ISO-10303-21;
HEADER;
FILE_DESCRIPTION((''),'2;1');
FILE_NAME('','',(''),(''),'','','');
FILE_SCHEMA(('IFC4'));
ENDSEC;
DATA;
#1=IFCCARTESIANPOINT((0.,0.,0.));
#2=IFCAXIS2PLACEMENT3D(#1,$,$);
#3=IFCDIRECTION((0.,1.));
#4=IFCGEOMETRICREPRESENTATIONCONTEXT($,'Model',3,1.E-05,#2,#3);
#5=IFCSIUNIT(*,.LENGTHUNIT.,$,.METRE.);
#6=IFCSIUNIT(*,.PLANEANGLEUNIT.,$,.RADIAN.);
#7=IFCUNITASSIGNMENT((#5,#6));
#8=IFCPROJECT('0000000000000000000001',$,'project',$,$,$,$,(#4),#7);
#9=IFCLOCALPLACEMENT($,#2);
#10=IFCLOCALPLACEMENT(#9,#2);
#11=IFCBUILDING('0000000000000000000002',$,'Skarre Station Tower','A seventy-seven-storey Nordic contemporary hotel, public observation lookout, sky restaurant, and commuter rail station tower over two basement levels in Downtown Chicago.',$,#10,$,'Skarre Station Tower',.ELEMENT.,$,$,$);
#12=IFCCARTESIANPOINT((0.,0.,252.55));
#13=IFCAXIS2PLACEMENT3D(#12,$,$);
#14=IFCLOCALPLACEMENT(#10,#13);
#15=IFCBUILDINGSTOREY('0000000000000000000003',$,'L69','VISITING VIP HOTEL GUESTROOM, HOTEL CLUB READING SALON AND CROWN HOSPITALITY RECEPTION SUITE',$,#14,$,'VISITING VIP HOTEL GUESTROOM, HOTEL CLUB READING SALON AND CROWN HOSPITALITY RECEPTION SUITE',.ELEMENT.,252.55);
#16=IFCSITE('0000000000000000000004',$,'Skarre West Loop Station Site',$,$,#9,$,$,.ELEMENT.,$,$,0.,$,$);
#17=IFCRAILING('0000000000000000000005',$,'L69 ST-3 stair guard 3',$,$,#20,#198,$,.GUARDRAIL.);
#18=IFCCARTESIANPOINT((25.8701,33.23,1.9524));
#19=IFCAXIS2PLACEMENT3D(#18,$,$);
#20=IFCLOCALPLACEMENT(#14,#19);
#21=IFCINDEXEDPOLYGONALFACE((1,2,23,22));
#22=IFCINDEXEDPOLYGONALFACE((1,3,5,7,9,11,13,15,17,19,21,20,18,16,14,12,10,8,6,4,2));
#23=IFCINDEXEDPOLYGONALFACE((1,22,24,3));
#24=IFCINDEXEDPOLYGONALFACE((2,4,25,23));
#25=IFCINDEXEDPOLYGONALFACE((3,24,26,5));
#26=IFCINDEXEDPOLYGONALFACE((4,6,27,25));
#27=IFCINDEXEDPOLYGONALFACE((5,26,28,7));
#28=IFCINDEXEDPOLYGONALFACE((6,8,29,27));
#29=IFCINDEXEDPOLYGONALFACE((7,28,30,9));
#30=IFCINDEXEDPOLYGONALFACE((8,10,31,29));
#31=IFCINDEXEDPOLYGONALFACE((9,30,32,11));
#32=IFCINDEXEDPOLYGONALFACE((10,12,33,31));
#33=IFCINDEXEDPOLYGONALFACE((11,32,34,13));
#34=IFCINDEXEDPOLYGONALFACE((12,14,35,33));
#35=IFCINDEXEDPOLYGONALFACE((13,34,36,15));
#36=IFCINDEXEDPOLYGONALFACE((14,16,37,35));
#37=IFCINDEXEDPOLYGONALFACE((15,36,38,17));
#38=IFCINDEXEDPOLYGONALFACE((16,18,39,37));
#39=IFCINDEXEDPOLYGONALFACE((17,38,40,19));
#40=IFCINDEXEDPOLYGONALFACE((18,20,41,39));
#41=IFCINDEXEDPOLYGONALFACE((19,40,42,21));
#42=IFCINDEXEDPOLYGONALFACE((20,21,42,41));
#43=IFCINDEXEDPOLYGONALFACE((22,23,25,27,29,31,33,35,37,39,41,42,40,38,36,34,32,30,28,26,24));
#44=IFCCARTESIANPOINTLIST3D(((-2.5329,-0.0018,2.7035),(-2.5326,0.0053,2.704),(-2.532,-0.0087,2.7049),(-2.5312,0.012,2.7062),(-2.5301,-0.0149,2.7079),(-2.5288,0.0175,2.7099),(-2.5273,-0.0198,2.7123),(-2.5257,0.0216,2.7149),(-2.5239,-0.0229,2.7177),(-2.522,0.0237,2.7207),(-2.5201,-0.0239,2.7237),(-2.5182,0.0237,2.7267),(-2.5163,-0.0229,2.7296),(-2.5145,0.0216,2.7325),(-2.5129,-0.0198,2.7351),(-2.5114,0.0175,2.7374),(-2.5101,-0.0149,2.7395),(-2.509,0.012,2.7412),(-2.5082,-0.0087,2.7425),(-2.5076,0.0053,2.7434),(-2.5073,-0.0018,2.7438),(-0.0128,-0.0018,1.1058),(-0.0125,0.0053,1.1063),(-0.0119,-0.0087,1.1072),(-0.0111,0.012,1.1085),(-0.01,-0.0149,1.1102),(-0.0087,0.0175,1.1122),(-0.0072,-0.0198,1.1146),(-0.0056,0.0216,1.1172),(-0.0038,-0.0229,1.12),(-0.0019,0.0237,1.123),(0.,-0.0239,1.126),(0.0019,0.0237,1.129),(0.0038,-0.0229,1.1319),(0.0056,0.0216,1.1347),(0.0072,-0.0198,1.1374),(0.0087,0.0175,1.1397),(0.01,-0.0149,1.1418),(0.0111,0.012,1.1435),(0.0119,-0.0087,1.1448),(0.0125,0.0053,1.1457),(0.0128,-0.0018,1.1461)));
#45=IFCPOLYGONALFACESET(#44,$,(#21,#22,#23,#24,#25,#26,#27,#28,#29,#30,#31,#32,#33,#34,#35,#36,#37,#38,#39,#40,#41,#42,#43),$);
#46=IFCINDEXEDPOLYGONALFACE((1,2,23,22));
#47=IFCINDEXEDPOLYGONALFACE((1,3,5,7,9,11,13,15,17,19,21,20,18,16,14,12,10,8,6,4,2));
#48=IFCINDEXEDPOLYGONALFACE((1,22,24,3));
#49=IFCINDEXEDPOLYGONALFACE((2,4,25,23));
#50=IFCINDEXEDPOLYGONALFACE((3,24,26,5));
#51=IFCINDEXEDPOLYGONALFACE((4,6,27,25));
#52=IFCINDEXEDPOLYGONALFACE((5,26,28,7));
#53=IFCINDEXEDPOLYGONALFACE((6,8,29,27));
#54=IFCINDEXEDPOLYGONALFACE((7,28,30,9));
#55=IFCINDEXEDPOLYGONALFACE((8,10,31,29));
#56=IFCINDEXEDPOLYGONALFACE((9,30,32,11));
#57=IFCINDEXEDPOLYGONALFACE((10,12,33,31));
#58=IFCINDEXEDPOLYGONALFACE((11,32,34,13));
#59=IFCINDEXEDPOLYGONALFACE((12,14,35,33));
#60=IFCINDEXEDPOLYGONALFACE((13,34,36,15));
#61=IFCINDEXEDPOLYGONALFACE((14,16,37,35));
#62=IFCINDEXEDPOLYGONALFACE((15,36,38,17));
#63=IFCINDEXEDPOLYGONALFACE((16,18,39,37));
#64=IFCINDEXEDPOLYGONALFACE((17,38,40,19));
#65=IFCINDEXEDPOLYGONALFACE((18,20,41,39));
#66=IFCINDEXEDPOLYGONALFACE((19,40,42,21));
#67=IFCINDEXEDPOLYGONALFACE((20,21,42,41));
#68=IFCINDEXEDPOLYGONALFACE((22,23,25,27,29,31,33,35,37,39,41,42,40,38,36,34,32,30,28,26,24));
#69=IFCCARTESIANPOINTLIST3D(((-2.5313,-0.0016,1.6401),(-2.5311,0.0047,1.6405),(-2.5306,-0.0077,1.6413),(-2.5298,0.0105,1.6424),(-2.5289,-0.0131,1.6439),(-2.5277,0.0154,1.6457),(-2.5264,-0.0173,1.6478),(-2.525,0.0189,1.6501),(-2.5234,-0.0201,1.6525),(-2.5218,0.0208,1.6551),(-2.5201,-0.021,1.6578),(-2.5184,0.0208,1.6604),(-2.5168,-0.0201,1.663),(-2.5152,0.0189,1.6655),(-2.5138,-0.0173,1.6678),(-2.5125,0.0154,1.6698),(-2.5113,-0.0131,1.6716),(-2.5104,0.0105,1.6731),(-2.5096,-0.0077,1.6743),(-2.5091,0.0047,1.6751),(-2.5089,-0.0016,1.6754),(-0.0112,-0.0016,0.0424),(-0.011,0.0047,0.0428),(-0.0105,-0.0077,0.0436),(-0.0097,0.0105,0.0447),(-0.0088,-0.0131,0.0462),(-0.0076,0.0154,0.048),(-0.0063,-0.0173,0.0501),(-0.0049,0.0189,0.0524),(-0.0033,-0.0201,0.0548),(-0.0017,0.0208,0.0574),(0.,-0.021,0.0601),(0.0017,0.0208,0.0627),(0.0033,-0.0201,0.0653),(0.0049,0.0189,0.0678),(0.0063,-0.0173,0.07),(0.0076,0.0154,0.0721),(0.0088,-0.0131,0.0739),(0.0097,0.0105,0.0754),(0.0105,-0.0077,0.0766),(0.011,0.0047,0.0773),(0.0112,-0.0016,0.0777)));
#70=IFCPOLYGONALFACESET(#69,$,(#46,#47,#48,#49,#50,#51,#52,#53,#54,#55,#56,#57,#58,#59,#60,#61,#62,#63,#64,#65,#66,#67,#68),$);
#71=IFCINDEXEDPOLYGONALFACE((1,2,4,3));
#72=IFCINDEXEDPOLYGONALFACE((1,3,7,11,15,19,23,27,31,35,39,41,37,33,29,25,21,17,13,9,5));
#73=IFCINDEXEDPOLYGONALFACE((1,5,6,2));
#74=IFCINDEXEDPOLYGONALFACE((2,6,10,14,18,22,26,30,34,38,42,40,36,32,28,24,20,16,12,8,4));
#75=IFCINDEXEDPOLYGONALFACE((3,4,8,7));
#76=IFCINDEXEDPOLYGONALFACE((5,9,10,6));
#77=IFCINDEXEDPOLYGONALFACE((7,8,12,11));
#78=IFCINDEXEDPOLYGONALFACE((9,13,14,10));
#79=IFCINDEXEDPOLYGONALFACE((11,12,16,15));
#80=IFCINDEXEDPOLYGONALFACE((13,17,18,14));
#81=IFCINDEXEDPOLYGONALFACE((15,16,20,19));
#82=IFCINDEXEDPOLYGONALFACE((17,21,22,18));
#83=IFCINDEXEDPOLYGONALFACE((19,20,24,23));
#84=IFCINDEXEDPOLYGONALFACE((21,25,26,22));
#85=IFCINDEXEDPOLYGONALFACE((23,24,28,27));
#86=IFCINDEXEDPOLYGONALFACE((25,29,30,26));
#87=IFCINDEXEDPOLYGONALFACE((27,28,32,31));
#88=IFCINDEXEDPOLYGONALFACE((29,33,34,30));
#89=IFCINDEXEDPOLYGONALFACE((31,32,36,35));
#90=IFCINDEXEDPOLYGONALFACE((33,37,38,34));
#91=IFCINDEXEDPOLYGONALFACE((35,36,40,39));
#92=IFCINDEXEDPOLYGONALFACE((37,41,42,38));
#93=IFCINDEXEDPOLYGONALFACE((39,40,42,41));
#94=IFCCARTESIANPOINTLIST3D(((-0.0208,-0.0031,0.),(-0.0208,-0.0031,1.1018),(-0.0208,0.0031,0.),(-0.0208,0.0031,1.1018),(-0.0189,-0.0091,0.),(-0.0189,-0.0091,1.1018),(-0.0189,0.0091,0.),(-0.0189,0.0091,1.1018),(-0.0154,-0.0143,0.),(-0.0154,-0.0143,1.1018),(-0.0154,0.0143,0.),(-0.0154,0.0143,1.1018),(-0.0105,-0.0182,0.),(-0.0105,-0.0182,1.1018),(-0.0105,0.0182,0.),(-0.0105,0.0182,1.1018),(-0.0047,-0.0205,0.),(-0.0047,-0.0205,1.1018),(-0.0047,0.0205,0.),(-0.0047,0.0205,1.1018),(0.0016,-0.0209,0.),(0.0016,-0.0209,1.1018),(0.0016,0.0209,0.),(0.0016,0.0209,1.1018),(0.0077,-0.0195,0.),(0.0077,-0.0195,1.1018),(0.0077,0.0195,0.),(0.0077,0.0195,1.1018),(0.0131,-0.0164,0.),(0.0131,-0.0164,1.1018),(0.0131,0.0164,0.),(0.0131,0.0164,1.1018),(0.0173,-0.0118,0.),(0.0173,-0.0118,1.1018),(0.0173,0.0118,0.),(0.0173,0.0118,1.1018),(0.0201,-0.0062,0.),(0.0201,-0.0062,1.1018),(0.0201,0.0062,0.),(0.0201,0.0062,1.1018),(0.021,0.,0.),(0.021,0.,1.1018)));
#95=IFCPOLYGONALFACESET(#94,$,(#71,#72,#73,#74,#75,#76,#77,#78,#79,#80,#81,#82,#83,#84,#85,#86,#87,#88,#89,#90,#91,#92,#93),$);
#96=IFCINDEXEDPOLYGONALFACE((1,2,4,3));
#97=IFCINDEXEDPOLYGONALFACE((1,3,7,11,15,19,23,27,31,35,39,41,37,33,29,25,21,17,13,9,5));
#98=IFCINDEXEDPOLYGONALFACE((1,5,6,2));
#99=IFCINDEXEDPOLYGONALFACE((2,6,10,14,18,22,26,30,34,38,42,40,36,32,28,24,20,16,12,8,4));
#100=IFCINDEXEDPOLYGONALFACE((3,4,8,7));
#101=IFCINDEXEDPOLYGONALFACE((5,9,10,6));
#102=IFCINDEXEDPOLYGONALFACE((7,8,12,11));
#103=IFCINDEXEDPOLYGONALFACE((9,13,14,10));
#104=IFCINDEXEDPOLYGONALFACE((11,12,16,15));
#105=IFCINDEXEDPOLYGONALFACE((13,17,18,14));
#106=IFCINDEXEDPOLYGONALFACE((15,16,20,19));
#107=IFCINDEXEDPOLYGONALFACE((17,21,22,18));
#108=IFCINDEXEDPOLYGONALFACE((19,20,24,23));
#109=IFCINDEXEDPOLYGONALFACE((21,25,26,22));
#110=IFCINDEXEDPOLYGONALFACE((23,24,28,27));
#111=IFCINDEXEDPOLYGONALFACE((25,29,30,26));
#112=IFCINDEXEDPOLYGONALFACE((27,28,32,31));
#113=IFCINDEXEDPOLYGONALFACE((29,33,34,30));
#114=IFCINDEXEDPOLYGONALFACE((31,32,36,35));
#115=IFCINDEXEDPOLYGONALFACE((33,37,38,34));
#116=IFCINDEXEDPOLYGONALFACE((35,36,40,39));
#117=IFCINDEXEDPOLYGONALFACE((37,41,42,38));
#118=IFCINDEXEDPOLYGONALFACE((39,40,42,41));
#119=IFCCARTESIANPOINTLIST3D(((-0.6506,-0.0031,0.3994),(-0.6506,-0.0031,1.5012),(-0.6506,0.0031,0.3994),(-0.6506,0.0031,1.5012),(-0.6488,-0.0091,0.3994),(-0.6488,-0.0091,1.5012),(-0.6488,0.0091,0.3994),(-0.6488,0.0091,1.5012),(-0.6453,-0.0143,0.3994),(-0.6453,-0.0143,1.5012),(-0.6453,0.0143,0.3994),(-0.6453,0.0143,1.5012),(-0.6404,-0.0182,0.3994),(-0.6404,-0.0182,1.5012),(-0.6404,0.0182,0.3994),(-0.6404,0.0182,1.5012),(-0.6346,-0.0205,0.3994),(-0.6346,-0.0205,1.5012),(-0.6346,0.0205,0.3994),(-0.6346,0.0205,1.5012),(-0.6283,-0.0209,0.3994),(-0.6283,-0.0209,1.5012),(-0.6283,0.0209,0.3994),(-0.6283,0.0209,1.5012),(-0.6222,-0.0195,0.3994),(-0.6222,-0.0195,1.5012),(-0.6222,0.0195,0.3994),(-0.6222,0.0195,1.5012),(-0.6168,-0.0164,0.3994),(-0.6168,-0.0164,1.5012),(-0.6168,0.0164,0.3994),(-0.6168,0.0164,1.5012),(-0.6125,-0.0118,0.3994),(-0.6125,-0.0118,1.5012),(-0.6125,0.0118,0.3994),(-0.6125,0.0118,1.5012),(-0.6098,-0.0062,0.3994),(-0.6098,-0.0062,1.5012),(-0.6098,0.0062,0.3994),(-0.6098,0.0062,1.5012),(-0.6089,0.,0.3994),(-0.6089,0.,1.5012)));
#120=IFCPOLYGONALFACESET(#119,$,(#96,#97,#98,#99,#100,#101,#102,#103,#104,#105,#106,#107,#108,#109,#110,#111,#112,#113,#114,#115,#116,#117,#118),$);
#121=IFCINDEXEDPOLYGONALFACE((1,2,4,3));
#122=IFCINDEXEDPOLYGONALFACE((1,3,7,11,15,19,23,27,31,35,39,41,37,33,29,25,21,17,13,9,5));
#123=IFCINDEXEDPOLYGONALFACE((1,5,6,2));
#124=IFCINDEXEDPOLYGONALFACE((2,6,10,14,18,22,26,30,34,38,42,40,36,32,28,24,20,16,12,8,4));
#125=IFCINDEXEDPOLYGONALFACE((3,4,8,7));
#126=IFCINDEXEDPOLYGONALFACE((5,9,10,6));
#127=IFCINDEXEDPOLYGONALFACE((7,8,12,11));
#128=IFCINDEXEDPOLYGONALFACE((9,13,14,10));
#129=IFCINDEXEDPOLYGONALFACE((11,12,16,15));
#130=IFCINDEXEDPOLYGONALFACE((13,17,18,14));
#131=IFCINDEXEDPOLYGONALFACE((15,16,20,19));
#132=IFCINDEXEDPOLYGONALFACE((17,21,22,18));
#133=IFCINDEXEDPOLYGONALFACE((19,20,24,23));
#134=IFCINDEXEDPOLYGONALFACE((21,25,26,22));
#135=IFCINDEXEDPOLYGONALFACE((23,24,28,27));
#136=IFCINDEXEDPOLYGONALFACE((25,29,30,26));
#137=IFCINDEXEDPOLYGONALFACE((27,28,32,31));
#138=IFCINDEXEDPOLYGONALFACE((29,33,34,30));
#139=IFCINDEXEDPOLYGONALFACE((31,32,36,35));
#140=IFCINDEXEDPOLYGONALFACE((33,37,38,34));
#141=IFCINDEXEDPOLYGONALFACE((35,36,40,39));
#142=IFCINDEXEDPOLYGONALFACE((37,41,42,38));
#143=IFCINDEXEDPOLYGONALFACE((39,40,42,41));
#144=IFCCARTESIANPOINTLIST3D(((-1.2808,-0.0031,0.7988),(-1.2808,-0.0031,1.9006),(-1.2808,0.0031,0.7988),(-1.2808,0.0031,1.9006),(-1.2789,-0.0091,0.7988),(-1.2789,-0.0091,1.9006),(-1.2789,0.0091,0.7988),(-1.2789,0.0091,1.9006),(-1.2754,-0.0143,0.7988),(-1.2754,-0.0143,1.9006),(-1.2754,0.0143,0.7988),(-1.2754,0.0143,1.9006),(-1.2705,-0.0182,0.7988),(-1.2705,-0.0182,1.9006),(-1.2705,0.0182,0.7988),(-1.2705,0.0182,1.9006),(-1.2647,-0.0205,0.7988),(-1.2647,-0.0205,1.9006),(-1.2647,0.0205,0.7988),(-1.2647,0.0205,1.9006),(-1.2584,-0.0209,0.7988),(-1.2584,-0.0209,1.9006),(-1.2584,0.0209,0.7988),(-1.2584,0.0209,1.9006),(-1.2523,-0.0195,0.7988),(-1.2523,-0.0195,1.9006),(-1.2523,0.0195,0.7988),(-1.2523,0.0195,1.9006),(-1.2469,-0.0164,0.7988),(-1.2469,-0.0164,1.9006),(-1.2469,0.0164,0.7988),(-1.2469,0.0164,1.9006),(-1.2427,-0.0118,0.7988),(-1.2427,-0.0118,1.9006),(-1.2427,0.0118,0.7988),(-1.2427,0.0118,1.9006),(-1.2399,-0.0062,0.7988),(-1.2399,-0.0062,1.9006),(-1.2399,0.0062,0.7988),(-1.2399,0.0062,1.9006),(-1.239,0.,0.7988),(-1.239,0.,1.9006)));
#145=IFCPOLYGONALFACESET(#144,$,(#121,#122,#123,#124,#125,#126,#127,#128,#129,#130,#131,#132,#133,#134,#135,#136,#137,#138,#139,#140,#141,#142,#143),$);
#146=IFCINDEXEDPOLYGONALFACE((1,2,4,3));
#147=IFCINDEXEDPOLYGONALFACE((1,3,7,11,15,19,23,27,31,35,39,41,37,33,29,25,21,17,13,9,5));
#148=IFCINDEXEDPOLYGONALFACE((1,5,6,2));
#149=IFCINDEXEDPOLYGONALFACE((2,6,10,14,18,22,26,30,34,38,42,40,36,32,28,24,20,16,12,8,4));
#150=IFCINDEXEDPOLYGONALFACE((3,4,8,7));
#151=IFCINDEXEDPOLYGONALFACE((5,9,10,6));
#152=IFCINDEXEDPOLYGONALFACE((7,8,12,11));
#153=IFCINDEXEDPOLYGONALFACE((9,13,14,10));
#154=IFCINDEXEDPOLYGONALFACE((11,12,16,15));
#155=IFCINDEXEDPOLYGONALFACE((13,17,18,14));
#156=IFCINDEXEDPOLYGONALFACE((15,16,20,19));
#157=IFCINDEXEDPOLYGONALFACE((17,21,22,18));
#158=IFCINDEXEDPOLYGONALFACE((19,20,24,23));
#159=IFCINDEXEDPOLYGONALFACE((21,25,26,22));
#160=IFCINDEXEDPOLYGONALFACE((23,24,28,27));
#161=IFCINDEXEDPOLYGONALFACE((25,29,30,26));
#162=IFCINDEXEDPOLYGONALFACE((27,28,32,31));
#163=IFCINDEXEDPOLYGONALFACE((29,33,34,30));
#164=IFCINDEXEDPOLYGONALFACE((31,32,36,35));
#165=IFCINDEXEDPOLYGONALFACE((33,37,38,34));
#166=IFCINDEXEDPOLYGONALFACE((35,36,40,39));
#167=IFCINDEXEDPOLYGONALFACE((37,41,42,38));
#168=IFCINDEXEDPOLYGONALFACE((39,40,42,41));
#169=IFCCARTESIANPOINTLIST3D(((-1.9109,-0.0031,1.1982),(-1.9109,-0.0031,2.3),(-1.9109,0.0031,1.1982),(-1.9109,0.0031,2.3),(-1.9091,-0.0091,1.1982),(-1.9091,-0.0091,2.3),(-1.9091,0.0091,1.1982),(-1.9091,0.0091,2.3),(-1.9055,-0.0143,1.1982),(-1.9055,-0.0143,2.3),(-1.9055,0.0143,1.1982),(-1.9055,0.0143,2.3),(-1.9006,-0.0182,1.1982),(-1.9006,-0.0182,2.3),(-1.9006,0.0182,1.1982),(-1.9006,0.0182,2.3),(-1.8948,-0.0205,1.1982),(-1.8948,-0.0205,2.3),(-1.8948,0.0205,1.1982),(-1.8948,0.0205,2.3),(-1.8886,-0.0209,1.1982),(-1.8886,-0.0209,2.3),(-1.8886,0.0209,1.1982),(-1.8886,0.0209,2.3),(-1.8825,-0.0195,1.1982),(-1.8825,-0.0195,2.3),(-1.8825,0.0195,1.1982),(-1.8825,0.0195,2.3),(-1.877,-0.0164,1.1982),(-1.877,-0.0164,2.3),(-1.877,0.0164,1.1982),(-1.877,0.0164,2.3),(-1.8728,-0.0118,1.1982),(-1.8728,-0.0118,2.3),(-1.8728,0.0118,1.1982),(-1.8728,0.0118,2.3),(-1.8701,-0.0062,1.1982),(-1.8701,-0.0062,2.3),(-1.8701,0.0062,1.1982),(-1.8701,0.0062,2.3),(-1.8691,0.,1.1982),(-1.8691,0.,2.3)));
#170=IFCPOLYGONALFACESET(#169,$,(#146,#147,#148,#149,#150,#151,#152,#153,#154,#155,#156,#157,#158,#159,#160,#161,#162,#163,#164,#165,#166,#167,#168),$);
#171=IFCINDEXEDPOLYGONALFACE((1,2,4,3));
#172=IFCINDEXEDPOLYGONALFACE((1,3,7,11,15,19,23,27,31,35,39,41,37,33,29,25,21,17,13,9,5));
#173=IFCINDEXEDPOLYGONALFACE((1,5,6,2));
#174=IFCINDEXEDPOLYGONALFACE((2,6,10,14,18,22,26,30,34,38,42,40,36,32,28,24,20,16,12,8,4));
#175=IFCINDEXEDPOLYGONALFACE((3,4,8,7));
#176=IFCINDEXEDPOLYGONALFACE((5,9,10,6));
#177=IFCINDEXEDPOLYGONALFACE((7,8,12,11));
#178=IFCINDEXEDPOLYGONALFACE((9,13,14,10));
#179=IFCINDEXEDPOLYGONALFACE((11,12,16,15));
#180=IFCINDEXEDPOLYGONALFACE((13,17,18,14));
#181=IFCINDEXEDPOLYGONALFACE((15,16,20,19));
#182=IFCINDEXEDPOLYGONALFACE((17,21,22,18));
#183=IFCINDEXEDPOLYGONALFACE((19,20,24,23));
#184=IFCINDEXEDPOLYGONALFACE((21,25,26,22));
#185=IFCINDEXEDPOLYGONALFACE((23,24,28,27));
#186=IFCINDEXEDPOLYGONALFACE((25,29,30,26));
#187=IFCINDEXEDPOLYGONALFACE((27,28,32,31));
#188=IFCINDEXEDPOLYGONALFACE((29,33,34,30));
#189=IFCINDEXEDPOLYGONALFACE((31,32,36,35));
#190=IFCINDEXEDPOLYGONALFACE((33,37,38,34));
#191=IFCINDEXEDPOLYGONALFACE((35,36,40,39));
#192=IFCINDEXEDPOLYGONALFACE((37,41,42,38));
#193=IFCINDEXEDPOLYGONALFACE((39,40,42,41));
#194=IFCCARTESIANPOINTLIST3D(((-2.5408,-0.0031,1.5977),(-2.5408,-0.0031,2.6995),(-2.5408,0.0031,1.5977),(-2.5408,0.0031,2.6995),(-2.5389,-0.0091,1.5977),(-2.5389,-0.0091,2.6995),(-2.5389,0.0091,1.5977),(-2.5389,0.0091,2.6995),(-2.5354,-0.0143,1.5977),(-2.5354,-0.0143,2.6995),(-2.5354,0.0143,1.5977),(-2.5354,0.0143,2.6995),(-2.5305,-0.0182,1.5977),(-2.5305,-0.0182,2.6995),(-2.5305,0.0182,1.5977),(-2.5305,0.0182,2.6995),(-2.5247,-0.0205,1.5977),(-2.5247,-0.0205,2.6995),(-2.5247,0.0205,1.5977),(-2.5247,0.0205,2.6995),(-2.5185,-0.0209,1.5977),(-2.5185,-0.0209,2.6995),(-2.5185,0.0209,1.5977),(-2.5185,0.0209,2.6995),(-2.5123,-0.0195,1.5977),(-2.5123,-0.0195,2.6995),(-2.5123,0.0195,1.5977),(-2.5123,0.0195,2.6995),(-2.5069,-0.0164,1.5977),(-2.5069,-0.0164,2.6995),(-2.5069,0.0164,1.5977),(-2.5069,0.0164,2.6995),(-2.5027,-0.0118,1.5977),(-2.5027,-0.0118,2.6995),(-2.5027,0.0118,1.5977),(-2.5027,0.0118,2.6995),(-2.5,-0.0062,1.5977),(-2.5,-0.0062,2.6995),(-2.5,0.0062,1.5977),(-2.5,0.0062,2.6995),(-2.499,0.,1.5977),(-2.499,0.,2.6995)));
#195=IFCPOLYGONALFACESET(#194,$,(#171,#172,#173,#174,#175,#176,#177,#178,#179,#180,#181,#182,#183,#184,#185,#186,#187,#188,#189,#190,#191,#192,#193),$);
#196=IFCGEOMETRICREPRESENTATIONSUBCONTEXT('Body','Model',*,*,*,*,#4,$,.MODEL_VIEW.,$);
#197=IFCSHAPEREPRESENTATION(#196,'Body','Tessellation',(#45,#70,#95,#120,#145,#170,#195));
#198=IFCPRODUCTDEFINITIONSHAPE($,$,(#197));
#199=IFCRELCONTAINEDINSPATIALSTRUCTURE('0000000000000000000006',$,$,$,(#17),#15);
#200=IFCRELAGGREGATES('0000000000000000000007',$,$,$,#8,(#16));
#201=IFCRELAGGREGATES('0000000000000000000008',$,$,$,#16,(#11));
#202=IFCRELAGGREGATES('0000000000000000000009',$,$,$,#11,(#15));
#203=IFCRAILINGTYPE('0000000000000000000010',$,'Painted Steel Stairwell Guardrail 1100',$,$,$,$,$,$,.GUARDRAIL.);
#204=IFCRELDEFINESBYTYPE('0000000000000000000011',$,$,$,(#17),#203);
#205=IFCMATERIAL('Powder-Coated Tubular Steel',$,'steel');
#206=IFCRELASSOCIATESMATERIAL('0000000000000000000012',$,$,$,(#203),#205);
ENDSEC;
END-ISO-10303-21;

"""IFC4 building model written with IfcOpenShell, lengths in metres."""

from ifc_helpers import new_model, si_unit, direction, frame, origin, origin_2d, place, context, subcontext, project, spatial, circle, extrude, material, type_object, element, save


model = new_model("IFC4")

# Units and contexts
model_context = context("Model", 3, precision=1e-05, world=origin(), true_north=direction((0.0, 1.0)))
body_context = subcontext(model_context, "Body", "Model", "MODEL_VIEW")
ifc_project = project(units=[si_unit("LENGTHUNIT", "METRE"), si_unit("PLANEANGLEUNIT", "RADIAN")], contexts=[model_context])

# Site, building, storey
site_placement = place(None, origin())
site = spatial("IfcSite", under=ifc_project, at=site_placement, Name="Skarre West Loop Station Site", CompositionType="ELEMENT", RefElevation=0.0)
building_placement = place(site_placement, origin())
building = spatial("IfcBuilding", under=site, at=building_placement, Name="Skarre Station Tower", Description="A seventy-seven-storey Nordic contemporary hotel, public observation lookout, sky restaurant, and commuter rail station tower over two basement levels in Downtown Chicago.", LongName="Skarre Station Tower", CompositionType="ELEMENT")
storey_placement = place(building_placement, frame((0.0, 0.0, 252.55)))
storey = spatial("IfcBuildingStorey", under=building, at=storey_placement, Name="L69", Description="VISITING VIP HOTEL GUESTROOM, HOTEL CLUB READING SALON AND CROWN HOSPITALITY RECEPTION SUITE", LongName="VISITING VIP HOTEL GUESTROOM, HOTEL CLUB READING SALON AND CROWN HOSPITALITY RECEPTION SUITE", CompositionType="ELEMENT", Elevation=252.55)

# Railing
ifc_material_1 = material(Name="Powder-Coated Tubular Steel", Category="steel")
railing_type_1 = type_object("IfcRailingType", Name="Painted Steel Stairwell Guardrail 1100", PredefinedType="GUARDRAIL", material=ifc_material_1)
railing_1_placement = place(storey_placement, frame((25.8701, 33.23, 1.9524)))
element("IfcRailing", 1, at=railing_1_placement, inside=storey, type_object=railing_type_1, Name="L69 ST-3 stair guard 3", PredefinedType="GUARDRAIL", context=body_context, shape_type="SweptSolid", body=[
    extrude(circle(Radius=0.0239, at=origin_2d()), frame((0.0, 0.0, 1.126), z_axis=(-0.84457, 0.0, 0.535445), x_axis=(0.0, -1.0, 0.0)), (0.0, 0.0, 1.0), 2.9839),
    extrude(circle(Radius=0.021, at=origin_2d()), frame((0.0, 0.0, 0.0601), z_axis=(-0.84457, 0.0, 0.535445), x_axis=(0.0, -1.0, 0.0)), (0.0, 0.0, 1.0), 2.9839),
    extrude(circle(Radius=0.021, at=origin_2d()), origin(), (0.0, 0.0, 1.0), 1.1018),
    extrude(circle(Radius=0.021, at=origin_2d()), frame((-0.6299, 0.0, 0.3994)), (0.0, 0.0, 1.0), 1.1018),
    extrude(circle(Radius=0.021, at=origin_2d()), frame((-1.26, 0.0, 0.7988)), (0.0, 0.0, 1.0), 1.1018),
    extrude(circle(Radius=0.021, at=origin_2d()), frame((-1.8901, 0.0, 1.1982)), (0.0, 0.0, 1.0), 1.1018),
    extrude(circle(Radius=0.021, at=origin_2d()), frame((-2.52, 0.0, 1.5977)), (0.0, 0.0, 1.0), 1.1018),
])

save(model, "model.ifc")
